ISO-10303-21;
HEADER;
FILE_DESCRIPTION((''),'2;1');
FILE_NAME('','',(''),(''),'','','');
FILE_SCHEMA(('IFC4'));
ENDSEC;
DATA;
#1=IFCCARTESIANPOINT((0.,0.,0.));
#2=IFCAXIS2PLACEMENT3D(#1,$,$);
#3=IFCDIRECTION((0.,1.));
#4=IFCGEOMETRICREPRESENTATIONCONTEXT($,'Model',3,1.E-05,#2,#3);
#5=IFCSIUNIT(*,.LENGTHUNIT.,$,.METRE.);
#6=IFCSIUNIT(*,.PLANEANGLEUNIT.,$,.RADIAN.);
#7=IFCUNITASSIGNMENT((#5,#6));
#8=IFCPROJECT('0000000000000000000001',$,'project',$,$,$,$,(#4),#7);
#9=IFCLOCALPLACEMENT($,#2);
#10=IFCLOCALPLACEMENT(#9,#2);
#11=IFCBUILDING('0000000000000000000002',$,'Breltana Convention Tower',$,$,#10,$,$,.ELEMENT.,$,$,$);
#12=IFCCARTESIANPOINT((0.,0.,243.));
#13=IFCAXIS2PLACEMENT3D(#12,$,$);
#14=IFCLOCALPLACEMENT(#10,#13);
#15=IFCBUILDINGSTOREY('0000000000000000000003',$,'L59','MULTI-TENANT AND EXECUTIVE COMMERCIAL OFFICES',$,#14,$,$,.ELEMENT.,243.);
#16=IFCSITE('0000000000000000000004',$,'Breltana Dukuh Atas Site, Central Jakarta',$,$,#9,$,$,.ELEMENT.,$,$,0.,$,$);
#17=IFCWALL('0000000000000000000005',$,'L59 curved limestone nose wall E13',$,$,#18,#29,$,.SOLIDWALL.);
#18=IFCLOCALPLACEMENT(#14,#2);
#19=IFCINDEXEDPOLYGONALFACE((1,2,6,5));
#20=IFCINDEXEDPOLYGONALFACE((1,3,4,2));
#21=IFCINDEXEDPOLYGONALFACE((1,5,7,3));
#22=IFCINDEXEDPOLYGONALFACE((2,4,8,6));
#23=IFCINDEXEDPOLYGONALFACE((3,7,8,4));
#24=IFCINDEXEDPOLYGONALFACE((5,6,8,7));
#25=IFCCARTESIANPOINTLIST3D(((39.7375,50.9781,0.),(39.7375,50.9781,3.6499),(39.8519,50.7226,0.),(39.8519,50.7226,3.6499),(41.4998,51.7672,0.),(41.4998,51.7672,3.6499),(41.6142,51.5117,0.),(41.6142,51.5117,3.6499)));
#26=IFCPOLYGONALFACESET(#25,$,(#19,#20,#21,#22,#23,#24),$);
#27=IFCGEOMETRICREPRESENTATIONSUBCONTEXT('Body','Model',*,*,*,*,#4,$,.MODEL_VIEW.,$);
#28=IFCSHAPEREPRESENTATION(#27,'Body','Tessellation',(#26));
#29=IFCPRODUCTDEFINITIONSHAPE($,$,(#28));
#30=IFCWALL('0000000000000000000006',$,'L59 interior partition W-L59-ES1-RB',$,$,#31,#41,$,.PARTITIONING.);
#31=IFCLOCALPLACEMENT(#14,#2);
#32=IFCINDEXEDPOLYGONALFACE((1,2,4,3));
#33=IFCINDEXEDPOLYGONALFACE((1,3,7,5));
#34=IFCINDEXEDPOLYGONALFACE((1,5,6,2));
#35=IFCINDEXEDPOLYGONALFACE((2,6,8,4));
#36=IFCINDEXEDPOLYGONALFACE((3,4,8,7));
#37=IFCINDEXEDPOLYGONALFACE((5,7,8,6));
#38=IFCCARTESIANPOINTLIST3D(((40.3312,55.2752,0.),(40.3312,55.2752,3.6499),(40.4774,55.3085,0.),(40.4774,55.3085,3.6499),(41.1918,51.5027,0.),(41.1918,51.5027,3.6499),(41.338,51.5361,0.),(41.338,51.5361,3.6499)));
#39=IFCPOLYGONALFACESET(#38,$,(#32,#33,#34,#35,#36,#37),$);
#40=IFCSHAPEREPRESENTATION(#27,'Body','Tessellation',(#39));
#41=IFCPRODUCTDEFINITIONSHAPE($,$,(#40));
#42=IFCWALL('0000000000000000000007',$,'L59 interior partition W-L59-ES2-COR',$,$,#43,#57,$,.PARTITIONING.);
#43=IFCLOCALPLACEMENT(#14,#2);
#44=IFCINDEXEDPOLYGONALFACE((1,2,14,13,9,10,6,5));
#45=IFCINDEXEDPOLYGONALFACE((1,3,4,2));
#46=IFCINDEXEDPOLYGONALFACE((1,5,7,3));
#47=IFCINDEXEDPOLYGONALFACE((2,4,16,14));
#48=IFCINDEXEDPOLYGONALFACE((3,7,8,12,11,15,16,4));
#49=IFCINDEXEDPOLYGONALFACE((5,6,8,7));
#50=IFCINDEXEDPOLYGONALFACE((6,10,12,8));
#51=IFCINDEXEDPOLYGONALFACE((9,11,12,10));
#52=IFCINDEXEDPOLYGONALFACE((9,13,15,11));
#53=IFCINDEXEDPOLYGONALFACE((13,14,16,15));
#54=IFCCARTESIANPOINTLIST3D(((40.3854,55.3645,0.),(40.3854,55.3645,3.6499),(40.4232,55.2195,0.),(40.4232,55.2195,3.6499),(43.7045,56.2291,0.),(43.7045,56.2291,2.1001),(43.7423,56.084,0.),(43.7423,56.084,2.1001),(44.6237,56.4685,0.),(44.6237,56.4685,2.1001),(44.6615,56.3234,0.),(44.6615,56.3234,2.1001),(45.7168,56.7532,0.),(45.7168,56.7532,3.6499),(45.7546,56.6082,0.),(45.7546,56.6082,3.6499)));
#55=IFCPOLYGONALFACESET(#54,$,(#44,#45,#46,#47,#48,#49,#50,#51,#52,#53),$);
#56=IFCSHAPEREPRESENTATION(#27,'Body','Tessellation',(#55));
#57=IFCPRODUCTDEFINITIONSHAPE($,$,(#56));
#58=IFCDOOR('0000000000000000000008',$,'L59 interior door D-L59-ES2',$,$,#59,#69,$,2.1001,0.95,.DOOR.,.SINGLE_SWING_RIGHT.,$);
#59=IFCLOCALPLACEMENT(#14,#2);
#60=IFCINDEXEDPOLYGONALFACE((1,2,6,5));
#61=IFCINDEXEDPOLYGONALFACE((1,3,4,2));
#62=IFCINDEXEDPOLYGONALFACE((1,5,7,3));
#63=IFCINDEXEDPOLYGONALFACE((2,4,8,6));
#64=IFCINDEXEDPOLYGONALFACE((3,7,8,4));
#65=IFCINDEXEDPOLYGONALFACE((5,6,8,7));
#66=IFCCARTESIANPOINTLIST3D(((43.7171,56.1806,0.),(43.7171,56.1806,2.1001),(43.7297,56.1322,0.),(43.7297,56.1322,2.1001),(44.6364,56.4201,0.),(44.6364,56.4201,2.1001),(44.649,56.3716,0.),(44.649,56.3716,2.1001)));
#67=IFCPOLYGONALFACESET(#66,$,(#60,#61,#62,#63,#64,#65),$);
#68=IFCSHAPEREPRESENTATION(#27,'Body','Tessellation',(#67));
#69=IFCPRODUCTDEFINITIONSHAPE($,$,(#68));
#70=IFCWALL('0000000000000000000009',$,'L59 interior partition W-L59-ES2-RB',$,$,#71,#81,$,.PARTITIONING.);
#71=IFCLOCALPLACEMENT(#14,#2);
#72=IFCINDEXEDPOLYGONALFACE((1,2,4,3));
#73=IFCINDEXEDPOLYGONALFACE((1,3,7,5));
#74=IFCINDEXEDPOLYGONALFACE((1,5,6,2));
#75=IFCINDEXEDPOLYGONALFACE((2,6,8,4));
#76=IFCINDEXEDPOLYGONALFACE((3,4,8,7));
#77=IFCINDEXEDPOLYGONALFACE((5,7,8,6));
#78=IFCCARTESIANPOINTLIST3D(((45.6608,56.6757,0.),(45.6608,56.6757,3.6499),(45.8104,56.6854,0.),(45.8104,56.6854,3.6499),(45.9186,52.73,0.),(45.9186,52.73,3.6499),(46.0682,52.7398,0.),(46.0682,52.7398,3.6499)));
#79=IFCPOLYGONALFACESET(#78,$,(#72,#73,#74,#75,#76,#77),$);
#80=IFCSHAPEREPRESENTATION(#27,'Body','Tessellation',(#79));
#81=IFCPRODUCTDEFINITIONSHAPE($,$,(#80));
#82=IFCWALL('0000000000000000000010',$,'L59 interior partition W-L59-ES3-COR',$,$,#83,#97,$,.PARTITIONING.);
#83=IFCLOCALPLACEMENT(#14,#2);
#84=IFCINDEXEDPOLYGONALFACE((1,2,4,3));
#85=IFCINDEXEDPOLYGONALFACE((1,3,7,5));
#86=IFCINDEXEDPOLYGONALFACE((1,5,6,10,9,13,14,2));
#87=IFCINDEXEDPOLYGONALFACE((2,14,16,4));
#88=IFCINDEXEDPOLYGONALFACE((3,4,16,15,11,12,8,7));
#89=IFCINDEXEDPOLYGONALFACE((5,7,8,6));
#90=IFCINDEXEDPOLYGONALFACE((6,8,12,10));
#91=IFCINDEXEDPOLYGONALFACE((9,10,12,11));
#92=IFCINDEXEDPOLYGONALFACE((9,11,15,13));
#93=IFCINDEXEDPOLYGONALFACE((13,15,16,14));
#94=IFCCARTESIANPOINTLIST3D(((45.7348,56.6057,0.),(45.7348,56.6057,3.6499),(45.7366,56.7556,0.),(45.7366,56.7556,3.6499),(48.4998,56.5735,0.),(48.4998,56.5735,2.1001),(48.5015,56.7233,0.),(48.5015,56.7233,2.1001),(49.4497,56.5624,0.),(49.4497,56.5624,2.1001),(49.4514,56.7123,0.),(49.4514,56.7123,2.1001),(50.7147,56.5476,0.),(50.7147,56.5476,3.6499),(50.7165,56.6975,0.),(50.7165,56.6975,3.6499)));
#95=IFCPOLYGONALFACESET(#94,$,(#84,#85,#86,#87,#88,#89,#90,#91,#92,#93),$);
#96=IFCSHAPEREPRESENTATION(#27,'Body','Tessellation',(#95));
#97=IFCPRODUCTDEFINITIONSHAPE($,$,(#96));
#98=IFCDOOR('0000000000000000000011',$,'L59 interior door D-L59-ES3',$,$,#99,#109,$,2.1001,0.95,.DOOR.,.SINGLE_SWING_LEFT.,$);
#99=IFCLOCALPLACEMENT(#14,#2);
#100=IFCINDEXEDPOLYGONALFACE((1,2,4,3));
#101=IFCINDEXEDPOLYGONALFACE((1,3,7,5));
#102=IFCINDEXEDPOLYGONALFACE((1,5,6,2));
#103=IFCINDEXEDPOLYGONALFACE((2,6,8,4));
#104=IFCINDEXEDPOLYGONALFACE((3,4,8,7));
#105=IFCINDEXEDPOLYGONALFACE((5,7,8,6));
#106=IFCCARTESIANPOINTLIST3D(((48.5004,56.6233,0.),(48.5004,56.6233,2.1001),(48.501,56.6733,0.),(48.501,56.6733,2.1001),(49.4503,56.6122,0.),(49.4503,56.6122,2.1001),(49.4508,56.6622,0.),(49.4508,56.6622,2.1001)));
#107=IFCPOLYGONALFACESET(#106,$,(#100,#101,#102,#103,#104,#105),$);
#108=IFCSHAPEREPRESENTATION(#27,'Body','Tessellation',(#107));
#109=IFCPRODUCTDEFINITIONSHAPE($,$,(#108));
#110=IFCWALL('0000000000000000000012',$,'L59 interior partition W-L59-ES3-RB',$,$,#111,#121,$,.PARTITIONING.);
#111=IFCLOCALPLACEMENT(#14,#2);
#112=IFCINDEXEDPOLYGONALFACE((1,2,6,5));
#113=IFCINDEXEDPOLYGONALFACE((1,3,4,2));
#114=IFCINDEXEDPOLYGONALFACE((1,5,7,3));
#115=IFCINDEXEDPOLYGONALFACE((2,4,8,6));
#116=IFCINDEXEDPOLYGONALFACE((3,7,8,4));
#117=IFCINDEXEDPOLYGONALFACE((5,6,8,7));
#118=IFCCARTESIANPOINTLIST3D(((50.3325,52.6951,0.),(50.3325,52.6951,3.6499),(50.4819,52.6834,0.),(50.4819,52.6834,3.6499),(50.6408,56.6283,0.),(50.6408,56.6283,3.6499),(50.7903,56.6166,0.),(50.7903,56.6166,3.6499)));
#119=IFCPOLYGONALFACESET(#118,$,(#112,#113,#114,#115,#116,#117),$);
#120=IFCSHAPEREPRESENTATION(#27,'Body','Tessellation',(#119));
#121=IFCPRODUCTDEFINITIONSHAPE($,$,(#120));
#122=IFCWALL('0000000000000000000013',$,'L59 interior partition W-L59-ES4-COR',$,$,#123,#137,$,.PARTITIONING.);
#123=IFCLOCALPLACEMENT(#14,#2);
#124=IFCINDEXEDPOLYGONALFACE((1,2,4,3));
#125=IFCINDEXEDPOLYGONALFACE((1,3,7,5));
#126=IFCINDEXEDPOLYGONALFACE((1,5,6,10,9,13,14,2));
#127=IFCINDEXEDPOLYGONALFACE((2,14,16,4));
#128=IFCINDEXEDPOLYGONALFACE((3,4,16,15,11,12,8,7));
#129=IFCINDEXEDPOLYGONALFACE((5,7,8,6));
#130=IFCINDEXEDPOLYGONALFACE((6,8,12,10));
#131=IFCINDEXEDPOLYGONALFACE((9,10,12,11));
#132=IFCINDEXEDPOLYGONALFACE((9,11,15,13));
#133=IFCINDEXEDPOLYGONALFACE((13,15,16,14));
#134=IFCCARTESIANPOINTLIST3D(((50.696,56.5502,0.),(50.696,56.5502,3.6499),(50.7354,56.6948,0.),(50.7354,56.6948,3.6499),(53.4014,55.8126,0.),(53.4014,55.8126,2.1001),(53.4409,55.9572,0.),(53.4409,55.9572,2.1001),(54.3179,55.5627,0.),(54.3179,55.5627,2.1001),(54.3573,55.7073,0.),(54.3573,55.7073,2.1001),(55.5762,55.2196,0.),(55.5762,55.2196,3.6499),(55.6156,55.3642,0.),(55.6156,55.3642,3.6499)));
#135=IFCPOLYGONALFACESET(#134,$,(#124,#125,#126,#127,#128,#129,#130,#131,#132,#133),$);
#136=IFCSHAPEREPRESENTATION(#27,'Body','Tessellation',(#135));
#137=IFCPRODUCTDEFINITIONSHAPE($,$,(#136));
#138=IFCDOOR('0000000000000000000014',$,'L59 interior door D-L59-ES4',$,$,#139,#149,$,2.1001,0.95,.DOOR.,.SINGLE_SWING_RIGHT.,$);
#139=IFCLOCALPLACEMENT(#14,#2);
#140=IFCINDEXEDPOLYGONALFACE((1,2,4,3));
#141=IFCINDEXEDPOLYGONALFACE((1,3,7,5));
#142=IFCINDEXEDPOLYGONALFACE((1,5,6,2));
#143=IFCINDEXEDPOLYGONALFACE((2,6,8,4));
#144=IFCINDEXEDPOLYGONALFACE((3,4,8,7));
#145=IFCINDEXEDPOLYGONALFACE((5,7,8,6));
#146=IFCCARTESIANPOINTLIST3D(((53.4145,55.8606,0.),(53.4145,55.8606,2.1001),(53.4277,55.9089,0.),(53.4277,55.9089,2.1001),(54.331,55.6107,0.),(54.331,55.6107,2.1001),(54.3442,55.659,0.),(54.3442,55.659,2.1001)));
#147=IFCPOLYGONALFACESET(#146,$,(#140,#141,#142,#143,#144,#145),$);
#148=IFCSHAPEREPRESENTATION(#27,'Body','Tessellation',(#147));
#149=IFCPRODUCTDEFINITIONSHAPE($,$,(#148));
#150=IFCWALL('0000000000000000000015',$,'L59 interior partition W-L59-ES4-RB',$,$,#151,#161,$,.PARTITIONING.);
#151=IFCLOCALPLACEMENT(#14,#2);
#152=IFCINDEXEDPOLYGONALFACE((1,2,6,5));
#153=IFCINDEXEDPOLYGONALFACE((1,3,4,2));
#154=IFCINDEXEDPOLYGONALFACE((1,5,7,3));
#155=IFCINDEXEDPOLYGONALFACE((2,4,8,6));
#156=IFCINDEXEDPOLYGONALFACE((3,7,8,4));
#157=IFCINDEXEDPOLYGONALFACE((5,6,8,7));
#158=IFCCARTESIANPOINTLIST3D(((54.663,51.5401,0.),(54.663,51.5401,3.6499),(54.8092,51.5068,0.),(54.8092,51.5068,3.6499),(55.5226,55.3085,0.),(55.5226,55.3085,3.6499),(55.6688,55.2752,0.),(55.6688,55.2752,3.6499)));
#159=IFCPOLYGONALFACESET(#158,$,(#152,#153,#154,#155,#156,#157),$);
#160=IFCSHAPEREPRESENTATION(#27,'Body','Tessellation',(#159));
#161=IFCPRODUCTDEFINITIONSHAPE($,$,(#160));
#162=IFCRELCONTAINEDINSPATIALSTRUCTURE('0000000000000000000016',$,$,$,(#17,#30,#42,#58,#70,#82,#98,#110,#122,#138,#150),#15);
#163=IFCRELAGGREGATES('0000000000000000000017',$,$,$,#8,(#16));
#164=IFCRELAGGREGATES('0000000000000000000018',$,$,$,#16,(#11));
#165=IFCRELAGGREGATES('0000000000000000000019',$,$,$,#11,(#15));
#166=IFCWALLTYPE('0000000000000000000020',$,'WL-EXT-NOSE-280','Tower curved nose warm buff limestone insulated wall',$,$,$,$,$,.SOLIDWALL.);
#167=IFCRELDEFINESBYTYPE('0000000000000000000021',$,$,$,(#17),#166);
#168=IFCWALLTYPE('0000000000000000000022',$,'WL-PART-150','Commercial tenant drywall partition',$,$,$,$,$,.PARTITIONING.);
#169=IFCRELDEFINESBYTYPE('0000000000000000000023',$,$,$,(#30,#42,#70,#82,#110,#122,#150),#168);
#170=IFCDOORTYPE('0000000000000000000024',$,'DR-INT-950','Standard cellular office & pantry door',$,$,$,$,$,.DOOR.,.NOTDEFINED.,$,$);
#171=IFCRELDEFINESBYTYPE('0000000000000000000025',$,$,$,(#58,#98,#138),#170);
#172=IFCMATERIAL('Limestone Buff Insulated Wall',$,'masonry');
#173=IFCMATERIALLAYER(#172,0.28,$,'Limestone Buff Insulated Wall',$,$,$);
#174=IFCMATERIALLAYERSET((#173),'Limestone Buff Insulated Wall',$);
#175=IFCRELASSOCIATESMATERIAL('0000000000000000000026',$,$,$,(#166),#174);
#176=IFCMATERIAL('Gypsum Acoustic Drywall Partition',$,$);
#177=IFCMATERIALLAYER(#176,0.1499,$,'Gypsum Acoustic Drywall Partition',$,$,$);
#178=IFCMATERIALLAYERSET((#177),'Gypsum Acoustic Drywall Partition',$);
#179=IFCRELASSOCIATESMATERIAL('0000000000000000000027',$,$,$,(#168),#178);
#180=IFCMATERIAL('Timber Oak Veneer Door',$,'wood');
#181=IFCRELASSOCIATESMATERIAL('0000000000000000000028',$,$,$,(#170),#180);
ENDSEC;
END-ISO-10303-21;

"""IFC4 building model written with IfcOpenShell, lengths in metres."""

from ifc_helpers import new_model, si_unit, direction, frame, frame_2d, origin, place, context, subcontext, project, spatial, rectangle, extrude, source, transform, mapped, material, layer, layer_set, type_object, type_shapes, element, fill, save


model = new_model("IFC4")

# Units and contexts
model_context = context("Model", 3, precision=1e-05, world=origin(), true_north=direction((0.0, 1.0)))
body_context = subcontext(model_context, "Body", "Model", "MODEL_VIEW")
ifc_project = project(units=[si_unit("LENGTHUNIT", "METRE"), si_unit("PLANEANGLEUNIT", "RADIAN")], contexts=[model_context])

# Site, building, storey
site_placement = place(None, origin())
site = spatial("IfcSite", under=ifc_project, at=site_placement, Name="Breltana Dukuh Atas Site, Central Jakarta", CompositionType="ELEMENT", RefElevation=0.0)
building_placement = place(site_placement, origin())
building = spatial("IfcBuilding", under=site, at=building_placement, Name="Breltana Convention Tower", CompositionType="ELEMENT")
storey_placement = place(building_placement, frame((0.0, 0.0, 243.0)))
storey = spatial("IfcBuildingStorey", under=building, at=storey_placement, Name="L59", Description="MULTI-TENANT AND EXECUTIVE COMMERCIAL OFFICES", CompositionType="ELEMENT", Elevation=243.0)

# Walls
ifc_material_1 = material(Name="Limestone Buff Insulated Wall", Category="masonry")
ifc_layer_1 = layer(ifc_material_1, 0.28, Name="Limestone Buff Insulated Wall")
ifc_layer_set_1 = layer_set([ifc_layer_1], Name="Limestone Buff Insulated Wall")
wall_type_1 = type_object("IfcWallType", Name="WL-EXT-NOSE-280", Description="Tower curved nose warm buff limestone insulated wall", PredefinedType="SOLIDWALL", material=ifc_layer_set_1)
shared_shape_1 = source(origin(), body_context, "Body", "SweptSolid", [
    extrude(rectangle(XDim=1.9309, YDim=0.28, at=frame_2d((0.9653, 0.0))), origin(), (0.0, 0.0, 1.0), 3.6499),
])
wall_1_placement = place(storey_placement, frame((41.5569, 51.6394, 0.0), z_axis=(0.0, 0.0, 1.0), x_axis=(-0.912682, -0.408671, 0.0)))
element("IfcWall", 1, at=wall_1_placement, inside=storey, type_object=wall_type_1, Name="L59 curved limestone nose wall E13", PredefinedType="SOLIDWALL", context=body_context, shape_type="MappedRepresentation", body=[
    mapped(shared_shape_1, transform((0.0, 0.0, 0.0), scale=1.0)),
])
ifc_material_2 = material(Name="Gypsum Acoustic Drywall Partition")
ifc_layer_2 = layer(ifc_material_2, 0.1499, Name="Gypsum Acoustic Drywall Partition")
ifc_layer_set_2 = layer_set([ifc_layer_2], Name="Gypsum Acoustic Drywall Partition")
wall_type_2 = type_object("IfcWallType", Name="WL-PART-150", Description="Commercial tenant drywall partition", PredefinedType="PARTITIONING", material=ifc_layer_set_2)
shared_shape_2 = source(origin(), body_context, "Body", "SweptSolid", [
    extrude(rectangle(XDim=3.8694, YDim=0.1499, at=frame_2d((1.9346, 0.0))), origin(), (0.0, 0.0, 1.0), 3.6499),
])
wall_2_placement = place(storey_placement, frame((41.2649, 51.5195, 0.0), z_axis=(0.0, 0.0, 1.0), x_axis=(-0.222412, 0.974953, 0.0)))
element("IfcWall", 2, at=wall_2_placement, inside=storey, type_object=wall_type_2, Name="L59 interior partition W-L59-ES1-RB", PredefinedType="PARTITIONING", context=body_context, shape_type="MappedRepresentation", body=[
    mapped(shared_shape_2, transform((0.0, 0.0, 0.0), scale=1.0)),
])

# Wall, opening, door
shared_shape_3 = source(origin(), body_context, "Body", "SweptSolid", [
    extrude(rectangle(XDim=5.5093, YDim=0.1499, at=frame_2d((2.7546, 0.0))), origin(), (0.0, 0.0, 1.0), 3.6499),
])
wall_3_placement = place(storey_placement, frame((40.4043, 55.292, 0.0), z_axis=(0.0, 0.0, 1.0), x_axis=(0.96771, 0.252065, 0.0)))
wall_3 = element("IfcWall", 3, at=wall_3_placement, inside=storey, type_object=wall_type_2, Name="L59 interior partition W-L59-ES2-COR", PredefinedType="PARTITIONING", context=body_context, shape_type="MappedRepresentation", body=[
    mapped(shared_shape_3, transform((0.0, 0.0, 0.0), scale=1.0)),
])
opening_1_placement = place(wall_3_placement, frame((3.4297, 0.0, 0.0)))
opening_1 = element("IfcOpeningElement", 4, at=opening_1_placement, cuts=wall_3, PredefinedType="OPENING", context=body_context, shape_type="SweptSolid", body=[
    extrude(rectangle(XDim=0.95, YDim=2.1001, at=frame_2d((0.4751, 1.05))), frame((0.0, 0.085, 0.0), z_axis=(0.0, -1.0, 0.0), x_axis=(1.0, 0.0, 0.0)), (0.0, 0.0, 1.0), 0.1699),
])
ifc_material_3 = material(Name="Timber Oak Veneer Door", Category="wood")
door_type = type_object("IfcDoorType", Name="DR-INT-950", Description="Standard cellular office & pantry door", OperationType="NOTDEFINED", PredefinedType="DOOR", material=ifc_material_3)
shared_shape_4 = source(origin(), body_context, "Body", "SweptSolid", [
    extrude(rectangle(XDim=0.95, YDim=2.1001, at=frame_2d((0.4751, 1.05))), frame((0.0, 0.0249, 0.0), z_axis=(0.0, -1.0, 0.0), x_axis=(1.0, 0.0, 0.0)), (0.0, 0.0, 1.0), 0.05),
])
type_shapes(door_type, [shared_shape_4])
door_1_placement = place(opening_1_placement, origin())
door_1 = element("IfcDoor", 5, at=door_1_placement, inside=storey, type_object=door_type, Name="L59 interior door D-L59-ES2", OperationType="SINGLE_SWING_RIGHT", OverallHeight=2.1001, OverallWidth=0.95, PredefinedType="DOOR", context=body_context, shape_type="MappedRepresentation", body=[
    mapped(shared_shape_4, transform((0.0, 0.0, 0.0), scale=1.0)),
])
fill(opening_1, door_1)

# Wall
shared_shape_5 = source(origin(), body_context, "Body", "SweptSolid", [
    extrude(rectangle(XDim=3.9541, YDim=0.1499, at=frame_2d((1.9771, 0.0))), origin(), (0.0, 0.0, 1.0), 3.6499),
])
wall_4_placement = place(storey_placement, frame((45.9934, 52.7349, 0.0), z_axis=(0.0, 0.0, 1.0), x_axis=(-0.065199, 0.997872, 0.0)))
element("IfcWall", 6, at=wall_4_placement, inside=storey, type_object=wall_type_2, Name="L59 interior partition W-L59-ES2-RB", PredefinedType="PARTITIONING", context=body_context, shape_type="MappedRepresentation", body=[
    mapped(shared_shape_5, transform((0.0, 0.0, 0.0), scale=1.0)),
])

# Wall, opening, door
shared_shape_6 = source(origin(), body_context, "Body", "SweptSolid", [
    extrude(rectangle(XDim=4.9802, YDim=0.1499, at=frame_2d((2.4902, 0.0))), origin(), (0.0, 0.0, 1.0), 3.6499),
])
wall_5_placement = place(storey_placement, frame((45.7356, 56.6807, 0.0), z_axis=(0.0, 0.0, 1.0), x_axis=(0.999932, -0.011667, 0.0)))
wall_5 = element("IfcWall", 7, at=wall_5_placement, inside=storey, type_object=wall_type_2, Name="L59 interior partition W-L59-ES3-COR", PredefinedType="PARTITIONING", context=body_context, shape_type="MappedRepresentation", body=[
    mapped(shared_shape_6, transform((0.0, 0.0, 0.0), scale=1.0)),
])
opening_2_placement = place(wall_5_placement, frame((2.7651, 0.0, 0.0)))
opening_2 = element("IfcOpeningElement", 8, at=opening_2_placement, cuts=wall_5, PredefinedType="OPENING", context=body_context, shape_type="SweptSolid", body=[
    extrude(rectangle(XDim=0.95, YDim=2.1001, at=frame_2d((0.4751, 1.05))), frame((0.0, 0.085, 0.0), z_axis=(0.0, -1.0, 0.0), x_axis=(1.0, 0.0, 0.0)), (0.0, 0.0, 1.0), 0.1699),
])
door_2_placement = place(opening_2_placement, origin())
door_2 = element("IfcDoor", 9, at=door_2_placement, inside=storey, type_object=door_type, Name="L59 interior door D-L59-ES3", OperationType="SINGLE_SWING_LEFT", OverallHeight=2.1001, OverallWidth=0.95, PredefinedType="DOOR", context=body_context, shape_type="MappedRepresentation", body=[
    mapped(shared_shape_4, transform((0.0, 0.0, 0.0), scale=1.0)),
])
fill(opening_2, door_2)

# Wall
shared_shape_7 = source(origin(), body_context, "Body", "SweptSolid", [
    extrude(rectangle(XDim=3.9453, YDim=0.1499, at=frame_2d((1.9727, 0.0))), origin(), (0.0, 0.0, 1.0), 3.6499),
])
wall_6_placement = place(storey_placement, frame((50.4072, 52.6892, 0.0), z_axis=(0.0, 0.0, 1.0), x_axis=(0.078154, 0.996941, 0.0)))
element("IfcWall", 10, at=wall_6_placement, inside=storey, type_object=wall_type_2, Name="L59 interior partition W-L59-ES3-RB", PredefinedType="PARTITIONING", context=body_context, shape_type="MappedRepresentation", body=[
    mapped(shared_shape_7, transform((0.0, 0.0, 0.0), scale=1.0)),
])

# Wall, opening, door
shared_shape_8 = source(origin(), body_context, "Body", "SweptSolid", [
    extrude(rectangle(XDim=5.0583, YDim=0.1499, at=frame_2d((2.5293, 0.0))), origin(), (0.0, 0.0, 1.0), 3.6499),
])
wall_7_placement = place(storey_placement, frame((50.7156, 56.6226, 0.0), z_axis=(0.0, 0.0, 1.0), x_axis=(0.964783, -0.263048, 0.0)))
wall_7 = element("IfcWall", 11, at=wall_7_placement, inside=storey, type_object=wall_type_2, Name="L59 interior partition W-L59-ES4-COR", PredefinedType="PARTITIONING", context=body_context, shape_type="MappedRepresentation", body=[
    mapped(shared_shape_8, transform((0.0, 0.0, 0.0), scale=1.0)),
])
opening_3_placement = place(wall_7_placement, frame((2.8042, 0.0, 0.0)))
opening_3 = element("IfcOpeningElement", 12, at=opening_3_placement, cuts=wall_7, PredefinedType="OPENING", context=body_context, shape_type="SweptSolid", body=[
    extrude(rectangle(XDim=0.95, YDim=2.1001, at=frame_2d((0.4751, 1.05))), frame((0.0, 0.085, 0.0), z_axis=(0.0, -1.0, 0.0), x_axis=(1.0, 0.0, 0.0)), (0.0, 0.0, 1.0), 0.1699),
])
door_3_placement = place(opening_3_placement, origin())
door_3 = element("IfcDoor", 13, at=door_3_placement, inside=storey, type_object=door_type, Name="L59 interior door D-L59-ES4", OperationType="SINGLE_SWING_RIGHT", OverallHeight=2.1001, OverallWidth=0.95, PredefinedType="DOOR", context=body_context, shape_type="MappedRepresentation", body=[
    mapped(shared_shape_4, transform((0.0, 0.0, 0.0), scale=1.0)),
])
fill(opening_3, door_3)

# Wall
shared_shape_9 = source(origin(), body_context, "Body", "SweptSolid", [
    extrude(rectangle(XDim=3.8652, YDim=0.1499, at=frame_2d((1.9326, 0.0))), origin(), (0.0, 0.0, 1.0), 3.6499),
])
wall_8_placement = place(storey_placement, frame((54.7361, 51.5234, 0.0), z_axis=(0.0, 0.0, 1.0), x_axis=(0.222391, 0.974958, 0.0)))
element("IfcWall", 14, at=wall_8_placement, inside=storey, type_object=wall_type_2, Name="L59 interior partition W-L59-ES4-RB", PredefinedType="PARTITIONING", context=body_context, shape_type="MappedRepresentation", body=[
    mapped(shared_shape_9, transform((0.0, 0.0, 0.0), scale=1.0)),
])

save(model, "model.ifc")
